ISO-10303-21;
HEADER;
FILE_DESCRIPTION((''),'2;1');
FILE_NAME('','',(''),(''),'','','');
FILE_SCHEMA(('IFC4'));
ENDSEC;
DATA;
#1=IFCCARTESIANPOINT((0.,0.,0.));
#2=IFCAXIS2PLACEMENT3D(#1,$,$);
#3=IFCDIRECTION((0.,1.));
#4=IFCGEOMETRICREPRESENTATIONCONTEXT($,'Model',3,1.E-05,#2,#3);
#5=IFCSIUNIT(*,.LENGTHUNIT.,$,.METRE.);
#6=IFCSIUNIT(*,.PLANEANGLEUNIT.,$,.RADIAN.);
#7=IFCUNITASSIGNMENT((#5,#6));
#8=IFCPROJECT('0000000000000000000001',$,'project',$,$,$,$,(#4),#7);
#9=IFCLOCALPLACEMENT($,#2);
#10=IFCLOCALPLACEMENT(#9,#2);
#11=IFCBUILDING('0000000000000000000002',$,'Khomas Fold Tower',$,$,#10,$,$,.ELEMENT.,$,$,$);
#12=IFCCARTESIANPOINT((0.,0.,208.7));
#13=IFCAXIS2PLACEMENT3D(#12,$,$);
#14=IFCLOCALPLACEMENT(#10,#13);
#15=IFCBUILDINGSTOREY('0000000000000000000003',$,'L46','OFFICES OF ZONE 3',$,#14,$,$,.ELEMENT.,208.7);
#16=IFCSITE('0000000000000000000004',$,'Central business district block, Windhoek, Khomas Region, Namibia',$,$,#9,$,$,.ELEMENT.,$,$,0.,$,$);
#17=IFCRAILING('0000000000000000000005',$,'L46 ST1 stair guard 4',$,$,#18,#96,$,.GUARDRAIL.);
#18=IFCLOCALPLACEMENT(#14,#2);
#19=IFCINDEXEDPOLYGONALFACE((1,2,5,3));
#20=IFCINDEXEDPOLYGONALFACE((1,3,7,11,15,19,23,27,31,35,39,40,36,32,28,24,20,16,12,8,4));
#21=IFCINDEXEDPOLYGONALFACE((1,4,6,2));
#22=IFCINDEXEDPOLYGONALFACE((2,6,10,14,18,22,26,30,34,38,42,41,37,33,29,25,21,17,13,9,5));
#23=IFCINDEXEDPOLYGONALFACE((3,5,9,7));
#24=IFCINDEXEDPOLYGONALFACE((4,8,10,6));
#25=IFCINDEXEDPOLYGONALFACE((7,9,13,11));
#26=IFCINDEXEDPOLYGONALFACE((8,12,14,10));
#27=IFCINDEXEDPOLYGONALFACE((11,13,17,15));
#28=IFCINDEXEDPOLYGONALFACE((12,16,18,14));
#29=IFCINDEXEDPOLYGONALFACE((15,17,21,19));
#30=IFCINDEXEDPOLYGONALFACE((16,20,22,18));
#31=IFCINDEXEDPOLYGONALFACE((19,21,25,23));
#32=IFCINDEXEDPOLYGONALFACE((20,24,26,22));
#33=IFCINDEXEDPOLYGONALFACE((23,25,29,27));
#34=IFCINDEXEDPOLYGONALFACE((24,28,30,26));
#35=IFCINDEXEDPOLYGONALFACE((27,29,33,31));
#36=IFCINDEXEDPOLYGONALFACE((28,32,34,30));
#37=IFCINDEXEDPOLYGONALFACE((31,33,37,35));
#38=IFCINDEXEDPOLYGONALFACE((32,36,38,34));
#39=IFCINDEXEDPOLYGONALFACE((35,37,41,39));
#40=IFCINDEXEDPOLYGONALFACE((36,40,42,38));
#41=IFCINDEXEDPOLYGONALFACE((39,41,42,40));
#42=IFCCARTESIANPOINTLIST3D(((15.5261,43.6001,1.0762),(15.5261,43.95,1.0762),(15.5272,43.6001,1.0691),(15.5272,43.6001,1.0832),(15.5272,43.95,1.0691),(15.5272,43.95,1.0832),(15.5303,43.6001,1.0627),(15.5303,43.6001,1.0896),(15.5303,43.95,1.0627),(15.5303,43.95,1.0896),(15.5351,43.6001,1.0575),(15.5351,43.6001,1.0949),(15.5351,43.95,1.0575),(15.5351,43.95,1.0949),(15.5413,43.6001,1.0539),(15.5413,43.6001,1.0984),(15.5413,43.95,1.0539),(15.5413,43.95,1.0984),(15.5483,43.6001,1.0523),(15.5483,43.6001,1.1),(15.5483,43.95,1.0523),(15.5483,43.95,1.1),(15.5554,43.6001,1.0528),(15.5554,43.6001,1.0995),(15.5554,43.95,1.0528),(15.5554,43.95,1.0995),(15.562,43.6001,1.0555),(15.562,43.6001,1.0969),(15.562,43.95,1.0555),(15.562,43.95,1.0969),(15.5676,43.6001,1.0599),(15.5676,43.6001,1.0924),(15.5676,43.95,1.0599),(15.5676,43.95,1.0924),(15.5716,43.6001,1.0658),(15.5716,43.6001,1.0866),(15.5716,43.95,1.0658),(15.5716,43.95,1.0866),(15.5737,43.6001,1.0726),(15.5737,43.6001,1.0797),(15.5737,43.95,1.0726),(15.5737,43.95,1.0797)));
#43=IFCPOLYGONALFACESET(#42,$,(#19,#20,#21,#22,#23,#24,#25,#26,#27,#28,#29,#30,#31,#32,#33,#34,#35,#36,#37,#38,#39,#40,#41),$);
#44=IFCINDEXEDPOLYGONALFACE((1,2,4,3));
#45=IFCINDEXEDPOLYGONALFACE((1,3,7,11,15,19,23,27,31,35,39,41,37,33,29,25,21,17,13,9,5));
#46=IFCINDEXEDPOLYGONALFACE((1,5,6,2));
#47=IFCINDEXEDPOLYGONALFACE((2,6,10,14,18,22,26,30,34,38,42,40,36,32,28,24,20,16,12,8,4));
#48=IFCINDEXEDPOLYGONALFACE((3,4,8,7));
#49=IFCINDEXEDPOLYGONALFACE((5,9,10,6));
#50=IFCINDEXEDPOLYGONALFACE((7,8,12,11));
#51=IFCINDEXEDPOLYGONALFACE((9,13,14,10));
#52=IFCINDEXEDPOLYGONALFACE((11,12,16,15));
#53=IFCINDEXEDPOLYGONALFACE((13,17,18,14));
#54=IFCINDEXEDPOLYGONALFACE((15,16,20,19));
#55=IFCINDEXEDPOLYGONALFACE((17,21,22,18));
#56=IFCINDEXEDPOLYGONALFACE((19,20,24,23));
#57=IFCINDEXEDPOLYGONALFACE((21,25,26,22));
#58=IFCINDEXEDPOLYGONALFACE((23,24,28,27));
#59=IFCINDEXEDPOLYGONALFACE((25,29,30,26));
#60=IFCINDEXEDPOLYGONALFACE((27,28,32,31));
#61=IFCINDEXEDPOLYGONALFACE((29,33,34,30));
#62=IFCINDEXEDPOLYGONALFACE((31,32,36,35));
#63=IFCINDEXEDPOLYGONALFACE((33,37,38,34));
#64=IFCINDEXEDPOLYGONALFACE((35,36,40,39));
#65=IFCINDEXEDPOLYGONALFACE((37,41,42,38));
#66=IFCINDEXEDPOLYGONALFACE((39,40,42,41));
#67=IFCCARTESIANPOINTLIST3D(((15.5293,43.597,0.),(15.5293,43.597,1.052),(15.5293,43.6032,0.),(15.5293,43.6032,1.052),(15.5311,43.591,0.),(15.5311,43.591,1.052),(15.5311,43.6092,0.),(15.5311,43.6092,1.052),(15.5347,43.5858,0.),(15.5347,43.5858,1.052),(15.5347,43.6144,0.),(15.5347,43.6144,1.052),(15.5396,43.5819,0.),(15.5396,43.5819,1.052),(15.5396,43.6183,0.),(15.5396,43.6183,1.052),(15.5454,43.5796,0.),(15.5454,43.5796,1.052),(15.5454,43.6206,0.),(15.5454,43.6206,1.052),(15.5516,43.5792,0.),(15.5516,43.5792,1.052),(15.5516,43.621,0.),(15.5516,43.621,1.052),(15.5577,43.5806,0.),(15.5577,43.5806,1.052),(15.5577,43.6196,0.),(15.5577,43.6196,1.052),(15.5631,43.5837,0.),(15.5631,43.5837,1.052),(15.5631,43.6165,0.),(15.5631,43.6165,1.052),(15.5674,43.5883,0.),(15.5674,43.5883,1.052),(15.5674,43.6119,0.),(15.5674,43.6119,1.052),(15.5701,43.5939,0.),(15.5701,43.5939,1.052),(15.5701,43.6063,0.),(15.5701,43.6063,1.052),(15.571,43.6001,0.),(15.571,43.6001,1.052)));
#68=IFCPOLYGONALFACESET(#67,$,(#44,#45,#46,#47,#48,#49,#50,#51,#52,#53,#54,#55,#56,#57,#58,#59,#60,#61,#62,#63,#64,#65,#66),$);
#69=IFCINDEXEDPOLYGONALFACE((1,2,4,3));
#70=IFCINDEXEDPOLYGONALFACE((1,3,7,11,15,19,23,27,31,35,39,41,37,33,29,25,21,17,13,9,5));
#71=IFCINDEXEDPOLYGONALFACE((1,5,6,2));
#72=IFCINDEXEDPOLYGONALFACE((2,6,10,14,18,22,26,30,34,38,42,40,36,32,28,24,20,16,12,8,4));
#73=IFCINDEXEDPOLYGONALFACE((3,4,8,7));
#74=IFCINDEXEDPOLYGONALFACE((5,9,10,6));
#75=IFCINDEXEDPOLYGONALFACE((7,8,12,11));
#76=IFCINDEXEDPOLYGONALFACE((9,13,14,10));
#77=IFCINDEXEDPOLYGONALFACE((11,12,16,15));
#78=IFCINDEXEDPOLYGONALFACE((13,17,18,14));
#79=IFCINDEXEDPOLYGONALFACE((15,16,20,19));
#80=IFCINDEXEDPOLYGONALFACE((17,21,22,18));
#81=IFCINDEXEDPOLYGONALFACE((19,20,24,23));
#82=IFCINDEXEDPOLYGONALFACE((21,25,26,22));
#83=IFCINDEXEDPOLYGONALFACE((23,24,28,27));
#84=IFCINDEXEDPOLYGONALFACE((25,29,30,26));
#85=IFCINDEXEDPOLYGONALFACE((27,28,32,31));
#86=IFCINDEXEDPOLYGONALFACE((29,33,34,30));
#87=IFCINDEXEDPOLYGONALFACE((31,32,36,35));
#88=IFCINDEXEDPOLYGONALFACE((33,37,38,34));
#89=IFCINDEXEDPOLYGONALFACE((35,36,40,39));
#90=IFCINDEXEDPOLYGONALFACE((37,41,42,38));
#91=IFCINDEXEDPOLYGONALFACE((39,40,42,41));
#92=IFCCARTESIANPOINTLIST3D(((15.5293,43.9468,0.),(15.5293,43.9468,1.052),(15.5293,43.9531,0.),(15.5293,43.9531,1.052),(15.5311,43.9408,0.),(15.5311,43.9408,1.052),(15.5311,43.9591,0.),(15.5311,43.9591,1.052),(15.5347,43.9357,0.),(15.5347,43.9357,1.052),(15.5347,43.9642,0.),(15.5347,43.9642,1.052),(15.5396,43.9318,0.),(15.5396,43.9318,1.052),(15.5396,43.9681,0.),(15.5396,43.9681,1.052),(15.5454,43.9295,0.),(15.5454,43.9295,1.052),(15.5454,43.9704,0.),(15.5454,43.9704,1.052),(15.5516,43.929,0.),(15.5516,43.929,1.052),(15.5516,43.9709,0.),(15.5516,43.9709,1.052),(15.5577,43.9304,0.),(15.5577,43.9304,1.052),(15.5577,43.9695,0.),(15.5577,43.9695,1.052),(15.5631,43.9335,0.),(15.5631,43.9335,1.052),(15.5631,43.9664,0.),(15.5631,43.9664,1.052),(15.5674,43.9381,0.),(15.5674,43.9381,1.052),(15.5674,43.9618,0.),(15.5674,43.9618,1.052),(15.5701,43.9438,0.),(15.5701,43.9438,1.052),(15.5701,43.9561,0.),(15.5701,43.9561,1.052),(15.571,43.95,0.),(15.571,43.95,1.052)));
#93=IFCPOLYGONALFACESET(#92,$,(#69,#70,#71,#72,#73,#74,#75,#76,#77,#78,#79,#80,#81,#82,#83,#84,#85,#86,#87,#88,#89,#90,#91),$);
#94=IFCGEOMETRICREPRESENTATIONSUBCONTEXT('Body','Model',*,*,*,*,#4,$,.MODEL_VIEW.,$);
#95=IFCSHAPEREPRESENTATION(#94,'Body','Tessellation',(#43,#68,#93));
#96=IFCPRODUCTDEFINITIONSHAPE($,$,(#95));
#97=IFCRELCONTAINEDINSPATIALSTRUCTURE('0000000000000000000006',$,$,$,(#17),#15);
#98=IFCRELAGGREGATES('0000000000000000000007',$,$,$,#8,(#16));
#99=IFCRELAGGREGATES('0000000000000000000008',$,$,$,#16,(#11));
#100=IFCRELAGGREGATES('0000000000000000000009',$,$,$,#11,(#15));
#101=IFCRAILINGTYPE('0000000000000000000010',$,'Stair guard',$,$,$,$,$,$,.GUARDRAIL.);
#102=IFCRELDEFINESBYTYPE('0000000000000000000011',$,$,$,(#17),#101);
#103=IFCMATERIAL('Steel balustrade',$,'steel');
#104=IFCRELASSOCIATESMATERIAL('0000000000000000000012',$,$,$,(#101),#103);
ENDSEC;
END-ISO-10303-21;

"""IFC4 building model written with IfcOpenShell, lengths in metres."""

from ifc_helpers import new_model, si_unit, direction, frame, origin, origin_2d, place, context, subcontext, project, spatial, circle, extrude, source, transform, mapped, material, type_object, element, save


model = new_model("IFC4")

# Units and contexts
model_context = context("Model", 3, precision=1e-05, world=origin(), true_north=direction((0.0, 1.0)))
body_context = subcontext(model_context, "Body", "Model", "MODEL_VIEW")
ifc_project = project(units=[si_unit("LENGTHUNIT", "METRE"), si_unit("PLANEANGLEUNIT", "RADIAN")], contexts=[model_context])

# Site, building, storey
site_placement = place(None, origin())
site = spatial("IfcSite", under=ifc_project, at=site_placement, Name="Central business district block, Windhoek, Khomas Region, Namibia", CompositionType="ELEMENT", RefElevation=0.0)
building_placement = place(site_placement, origin())
building = spatial("IfcBuilding", under=site, at=building_placement, Name="Khomas Fold Tower", CompositionType="ELEMENT")
storey_placement = place(building_placement, frame((0.0, 0.0, 208.7)))
storey = spatial("IfcBuildingStorey", under=building, at=storey_placement, Name="L46", Description="OFFICES OF ZONE 3", CompositionType="ELEMENT", Elevation=208.7)

# Railing
ifc_material_1 = material(Name="Steel balustrade", Category="steel")
railing_type_1 = type_object("IfcRailingType", Name="Stair guard", PredefinedType="GUARDRAIL", material=ifc_material_1)
shared_shape_1 = source(origin(), body_context, "Body", "SweptSolid", [
    extrude(circle(Radius=0.0239, at=origin_2d()), frame((0.0, 0.0, 1.0762), z_axis=(0.0, 1.0, 0.0), x_axis=(-1.0, 0.0, 0.0)), (0.0, 0.0, 1.0), 0.3499),
    extrude(circle(Radius=0.021, at=origin_2d()), origin(), (0.0, 0.0, 1.0), 1.052),
    extrude(circle(Radius=0.021, at=origin_2d()), frame((0.0, 0.3499, 0.0)), (0.0, 0.0, 1.0), 1.052),
])
for number, where, name in (
    (1, (15.55, 43.6001, 0.0), "L46 ST1 stair guard 4"),
):
    element("IfcRailing", number, at=place(storey_placement, frame(where)), inside=storey, type_object=railing_type_1, Name=name, PredefinedType="GUARDRAIL", context=body_context, shape_type="MappedRepresentation", body=[
        mapped(shared_shape_1, transform((0.0, 0.0, 0.0))),
    ])

save(model, "model.ifc")
